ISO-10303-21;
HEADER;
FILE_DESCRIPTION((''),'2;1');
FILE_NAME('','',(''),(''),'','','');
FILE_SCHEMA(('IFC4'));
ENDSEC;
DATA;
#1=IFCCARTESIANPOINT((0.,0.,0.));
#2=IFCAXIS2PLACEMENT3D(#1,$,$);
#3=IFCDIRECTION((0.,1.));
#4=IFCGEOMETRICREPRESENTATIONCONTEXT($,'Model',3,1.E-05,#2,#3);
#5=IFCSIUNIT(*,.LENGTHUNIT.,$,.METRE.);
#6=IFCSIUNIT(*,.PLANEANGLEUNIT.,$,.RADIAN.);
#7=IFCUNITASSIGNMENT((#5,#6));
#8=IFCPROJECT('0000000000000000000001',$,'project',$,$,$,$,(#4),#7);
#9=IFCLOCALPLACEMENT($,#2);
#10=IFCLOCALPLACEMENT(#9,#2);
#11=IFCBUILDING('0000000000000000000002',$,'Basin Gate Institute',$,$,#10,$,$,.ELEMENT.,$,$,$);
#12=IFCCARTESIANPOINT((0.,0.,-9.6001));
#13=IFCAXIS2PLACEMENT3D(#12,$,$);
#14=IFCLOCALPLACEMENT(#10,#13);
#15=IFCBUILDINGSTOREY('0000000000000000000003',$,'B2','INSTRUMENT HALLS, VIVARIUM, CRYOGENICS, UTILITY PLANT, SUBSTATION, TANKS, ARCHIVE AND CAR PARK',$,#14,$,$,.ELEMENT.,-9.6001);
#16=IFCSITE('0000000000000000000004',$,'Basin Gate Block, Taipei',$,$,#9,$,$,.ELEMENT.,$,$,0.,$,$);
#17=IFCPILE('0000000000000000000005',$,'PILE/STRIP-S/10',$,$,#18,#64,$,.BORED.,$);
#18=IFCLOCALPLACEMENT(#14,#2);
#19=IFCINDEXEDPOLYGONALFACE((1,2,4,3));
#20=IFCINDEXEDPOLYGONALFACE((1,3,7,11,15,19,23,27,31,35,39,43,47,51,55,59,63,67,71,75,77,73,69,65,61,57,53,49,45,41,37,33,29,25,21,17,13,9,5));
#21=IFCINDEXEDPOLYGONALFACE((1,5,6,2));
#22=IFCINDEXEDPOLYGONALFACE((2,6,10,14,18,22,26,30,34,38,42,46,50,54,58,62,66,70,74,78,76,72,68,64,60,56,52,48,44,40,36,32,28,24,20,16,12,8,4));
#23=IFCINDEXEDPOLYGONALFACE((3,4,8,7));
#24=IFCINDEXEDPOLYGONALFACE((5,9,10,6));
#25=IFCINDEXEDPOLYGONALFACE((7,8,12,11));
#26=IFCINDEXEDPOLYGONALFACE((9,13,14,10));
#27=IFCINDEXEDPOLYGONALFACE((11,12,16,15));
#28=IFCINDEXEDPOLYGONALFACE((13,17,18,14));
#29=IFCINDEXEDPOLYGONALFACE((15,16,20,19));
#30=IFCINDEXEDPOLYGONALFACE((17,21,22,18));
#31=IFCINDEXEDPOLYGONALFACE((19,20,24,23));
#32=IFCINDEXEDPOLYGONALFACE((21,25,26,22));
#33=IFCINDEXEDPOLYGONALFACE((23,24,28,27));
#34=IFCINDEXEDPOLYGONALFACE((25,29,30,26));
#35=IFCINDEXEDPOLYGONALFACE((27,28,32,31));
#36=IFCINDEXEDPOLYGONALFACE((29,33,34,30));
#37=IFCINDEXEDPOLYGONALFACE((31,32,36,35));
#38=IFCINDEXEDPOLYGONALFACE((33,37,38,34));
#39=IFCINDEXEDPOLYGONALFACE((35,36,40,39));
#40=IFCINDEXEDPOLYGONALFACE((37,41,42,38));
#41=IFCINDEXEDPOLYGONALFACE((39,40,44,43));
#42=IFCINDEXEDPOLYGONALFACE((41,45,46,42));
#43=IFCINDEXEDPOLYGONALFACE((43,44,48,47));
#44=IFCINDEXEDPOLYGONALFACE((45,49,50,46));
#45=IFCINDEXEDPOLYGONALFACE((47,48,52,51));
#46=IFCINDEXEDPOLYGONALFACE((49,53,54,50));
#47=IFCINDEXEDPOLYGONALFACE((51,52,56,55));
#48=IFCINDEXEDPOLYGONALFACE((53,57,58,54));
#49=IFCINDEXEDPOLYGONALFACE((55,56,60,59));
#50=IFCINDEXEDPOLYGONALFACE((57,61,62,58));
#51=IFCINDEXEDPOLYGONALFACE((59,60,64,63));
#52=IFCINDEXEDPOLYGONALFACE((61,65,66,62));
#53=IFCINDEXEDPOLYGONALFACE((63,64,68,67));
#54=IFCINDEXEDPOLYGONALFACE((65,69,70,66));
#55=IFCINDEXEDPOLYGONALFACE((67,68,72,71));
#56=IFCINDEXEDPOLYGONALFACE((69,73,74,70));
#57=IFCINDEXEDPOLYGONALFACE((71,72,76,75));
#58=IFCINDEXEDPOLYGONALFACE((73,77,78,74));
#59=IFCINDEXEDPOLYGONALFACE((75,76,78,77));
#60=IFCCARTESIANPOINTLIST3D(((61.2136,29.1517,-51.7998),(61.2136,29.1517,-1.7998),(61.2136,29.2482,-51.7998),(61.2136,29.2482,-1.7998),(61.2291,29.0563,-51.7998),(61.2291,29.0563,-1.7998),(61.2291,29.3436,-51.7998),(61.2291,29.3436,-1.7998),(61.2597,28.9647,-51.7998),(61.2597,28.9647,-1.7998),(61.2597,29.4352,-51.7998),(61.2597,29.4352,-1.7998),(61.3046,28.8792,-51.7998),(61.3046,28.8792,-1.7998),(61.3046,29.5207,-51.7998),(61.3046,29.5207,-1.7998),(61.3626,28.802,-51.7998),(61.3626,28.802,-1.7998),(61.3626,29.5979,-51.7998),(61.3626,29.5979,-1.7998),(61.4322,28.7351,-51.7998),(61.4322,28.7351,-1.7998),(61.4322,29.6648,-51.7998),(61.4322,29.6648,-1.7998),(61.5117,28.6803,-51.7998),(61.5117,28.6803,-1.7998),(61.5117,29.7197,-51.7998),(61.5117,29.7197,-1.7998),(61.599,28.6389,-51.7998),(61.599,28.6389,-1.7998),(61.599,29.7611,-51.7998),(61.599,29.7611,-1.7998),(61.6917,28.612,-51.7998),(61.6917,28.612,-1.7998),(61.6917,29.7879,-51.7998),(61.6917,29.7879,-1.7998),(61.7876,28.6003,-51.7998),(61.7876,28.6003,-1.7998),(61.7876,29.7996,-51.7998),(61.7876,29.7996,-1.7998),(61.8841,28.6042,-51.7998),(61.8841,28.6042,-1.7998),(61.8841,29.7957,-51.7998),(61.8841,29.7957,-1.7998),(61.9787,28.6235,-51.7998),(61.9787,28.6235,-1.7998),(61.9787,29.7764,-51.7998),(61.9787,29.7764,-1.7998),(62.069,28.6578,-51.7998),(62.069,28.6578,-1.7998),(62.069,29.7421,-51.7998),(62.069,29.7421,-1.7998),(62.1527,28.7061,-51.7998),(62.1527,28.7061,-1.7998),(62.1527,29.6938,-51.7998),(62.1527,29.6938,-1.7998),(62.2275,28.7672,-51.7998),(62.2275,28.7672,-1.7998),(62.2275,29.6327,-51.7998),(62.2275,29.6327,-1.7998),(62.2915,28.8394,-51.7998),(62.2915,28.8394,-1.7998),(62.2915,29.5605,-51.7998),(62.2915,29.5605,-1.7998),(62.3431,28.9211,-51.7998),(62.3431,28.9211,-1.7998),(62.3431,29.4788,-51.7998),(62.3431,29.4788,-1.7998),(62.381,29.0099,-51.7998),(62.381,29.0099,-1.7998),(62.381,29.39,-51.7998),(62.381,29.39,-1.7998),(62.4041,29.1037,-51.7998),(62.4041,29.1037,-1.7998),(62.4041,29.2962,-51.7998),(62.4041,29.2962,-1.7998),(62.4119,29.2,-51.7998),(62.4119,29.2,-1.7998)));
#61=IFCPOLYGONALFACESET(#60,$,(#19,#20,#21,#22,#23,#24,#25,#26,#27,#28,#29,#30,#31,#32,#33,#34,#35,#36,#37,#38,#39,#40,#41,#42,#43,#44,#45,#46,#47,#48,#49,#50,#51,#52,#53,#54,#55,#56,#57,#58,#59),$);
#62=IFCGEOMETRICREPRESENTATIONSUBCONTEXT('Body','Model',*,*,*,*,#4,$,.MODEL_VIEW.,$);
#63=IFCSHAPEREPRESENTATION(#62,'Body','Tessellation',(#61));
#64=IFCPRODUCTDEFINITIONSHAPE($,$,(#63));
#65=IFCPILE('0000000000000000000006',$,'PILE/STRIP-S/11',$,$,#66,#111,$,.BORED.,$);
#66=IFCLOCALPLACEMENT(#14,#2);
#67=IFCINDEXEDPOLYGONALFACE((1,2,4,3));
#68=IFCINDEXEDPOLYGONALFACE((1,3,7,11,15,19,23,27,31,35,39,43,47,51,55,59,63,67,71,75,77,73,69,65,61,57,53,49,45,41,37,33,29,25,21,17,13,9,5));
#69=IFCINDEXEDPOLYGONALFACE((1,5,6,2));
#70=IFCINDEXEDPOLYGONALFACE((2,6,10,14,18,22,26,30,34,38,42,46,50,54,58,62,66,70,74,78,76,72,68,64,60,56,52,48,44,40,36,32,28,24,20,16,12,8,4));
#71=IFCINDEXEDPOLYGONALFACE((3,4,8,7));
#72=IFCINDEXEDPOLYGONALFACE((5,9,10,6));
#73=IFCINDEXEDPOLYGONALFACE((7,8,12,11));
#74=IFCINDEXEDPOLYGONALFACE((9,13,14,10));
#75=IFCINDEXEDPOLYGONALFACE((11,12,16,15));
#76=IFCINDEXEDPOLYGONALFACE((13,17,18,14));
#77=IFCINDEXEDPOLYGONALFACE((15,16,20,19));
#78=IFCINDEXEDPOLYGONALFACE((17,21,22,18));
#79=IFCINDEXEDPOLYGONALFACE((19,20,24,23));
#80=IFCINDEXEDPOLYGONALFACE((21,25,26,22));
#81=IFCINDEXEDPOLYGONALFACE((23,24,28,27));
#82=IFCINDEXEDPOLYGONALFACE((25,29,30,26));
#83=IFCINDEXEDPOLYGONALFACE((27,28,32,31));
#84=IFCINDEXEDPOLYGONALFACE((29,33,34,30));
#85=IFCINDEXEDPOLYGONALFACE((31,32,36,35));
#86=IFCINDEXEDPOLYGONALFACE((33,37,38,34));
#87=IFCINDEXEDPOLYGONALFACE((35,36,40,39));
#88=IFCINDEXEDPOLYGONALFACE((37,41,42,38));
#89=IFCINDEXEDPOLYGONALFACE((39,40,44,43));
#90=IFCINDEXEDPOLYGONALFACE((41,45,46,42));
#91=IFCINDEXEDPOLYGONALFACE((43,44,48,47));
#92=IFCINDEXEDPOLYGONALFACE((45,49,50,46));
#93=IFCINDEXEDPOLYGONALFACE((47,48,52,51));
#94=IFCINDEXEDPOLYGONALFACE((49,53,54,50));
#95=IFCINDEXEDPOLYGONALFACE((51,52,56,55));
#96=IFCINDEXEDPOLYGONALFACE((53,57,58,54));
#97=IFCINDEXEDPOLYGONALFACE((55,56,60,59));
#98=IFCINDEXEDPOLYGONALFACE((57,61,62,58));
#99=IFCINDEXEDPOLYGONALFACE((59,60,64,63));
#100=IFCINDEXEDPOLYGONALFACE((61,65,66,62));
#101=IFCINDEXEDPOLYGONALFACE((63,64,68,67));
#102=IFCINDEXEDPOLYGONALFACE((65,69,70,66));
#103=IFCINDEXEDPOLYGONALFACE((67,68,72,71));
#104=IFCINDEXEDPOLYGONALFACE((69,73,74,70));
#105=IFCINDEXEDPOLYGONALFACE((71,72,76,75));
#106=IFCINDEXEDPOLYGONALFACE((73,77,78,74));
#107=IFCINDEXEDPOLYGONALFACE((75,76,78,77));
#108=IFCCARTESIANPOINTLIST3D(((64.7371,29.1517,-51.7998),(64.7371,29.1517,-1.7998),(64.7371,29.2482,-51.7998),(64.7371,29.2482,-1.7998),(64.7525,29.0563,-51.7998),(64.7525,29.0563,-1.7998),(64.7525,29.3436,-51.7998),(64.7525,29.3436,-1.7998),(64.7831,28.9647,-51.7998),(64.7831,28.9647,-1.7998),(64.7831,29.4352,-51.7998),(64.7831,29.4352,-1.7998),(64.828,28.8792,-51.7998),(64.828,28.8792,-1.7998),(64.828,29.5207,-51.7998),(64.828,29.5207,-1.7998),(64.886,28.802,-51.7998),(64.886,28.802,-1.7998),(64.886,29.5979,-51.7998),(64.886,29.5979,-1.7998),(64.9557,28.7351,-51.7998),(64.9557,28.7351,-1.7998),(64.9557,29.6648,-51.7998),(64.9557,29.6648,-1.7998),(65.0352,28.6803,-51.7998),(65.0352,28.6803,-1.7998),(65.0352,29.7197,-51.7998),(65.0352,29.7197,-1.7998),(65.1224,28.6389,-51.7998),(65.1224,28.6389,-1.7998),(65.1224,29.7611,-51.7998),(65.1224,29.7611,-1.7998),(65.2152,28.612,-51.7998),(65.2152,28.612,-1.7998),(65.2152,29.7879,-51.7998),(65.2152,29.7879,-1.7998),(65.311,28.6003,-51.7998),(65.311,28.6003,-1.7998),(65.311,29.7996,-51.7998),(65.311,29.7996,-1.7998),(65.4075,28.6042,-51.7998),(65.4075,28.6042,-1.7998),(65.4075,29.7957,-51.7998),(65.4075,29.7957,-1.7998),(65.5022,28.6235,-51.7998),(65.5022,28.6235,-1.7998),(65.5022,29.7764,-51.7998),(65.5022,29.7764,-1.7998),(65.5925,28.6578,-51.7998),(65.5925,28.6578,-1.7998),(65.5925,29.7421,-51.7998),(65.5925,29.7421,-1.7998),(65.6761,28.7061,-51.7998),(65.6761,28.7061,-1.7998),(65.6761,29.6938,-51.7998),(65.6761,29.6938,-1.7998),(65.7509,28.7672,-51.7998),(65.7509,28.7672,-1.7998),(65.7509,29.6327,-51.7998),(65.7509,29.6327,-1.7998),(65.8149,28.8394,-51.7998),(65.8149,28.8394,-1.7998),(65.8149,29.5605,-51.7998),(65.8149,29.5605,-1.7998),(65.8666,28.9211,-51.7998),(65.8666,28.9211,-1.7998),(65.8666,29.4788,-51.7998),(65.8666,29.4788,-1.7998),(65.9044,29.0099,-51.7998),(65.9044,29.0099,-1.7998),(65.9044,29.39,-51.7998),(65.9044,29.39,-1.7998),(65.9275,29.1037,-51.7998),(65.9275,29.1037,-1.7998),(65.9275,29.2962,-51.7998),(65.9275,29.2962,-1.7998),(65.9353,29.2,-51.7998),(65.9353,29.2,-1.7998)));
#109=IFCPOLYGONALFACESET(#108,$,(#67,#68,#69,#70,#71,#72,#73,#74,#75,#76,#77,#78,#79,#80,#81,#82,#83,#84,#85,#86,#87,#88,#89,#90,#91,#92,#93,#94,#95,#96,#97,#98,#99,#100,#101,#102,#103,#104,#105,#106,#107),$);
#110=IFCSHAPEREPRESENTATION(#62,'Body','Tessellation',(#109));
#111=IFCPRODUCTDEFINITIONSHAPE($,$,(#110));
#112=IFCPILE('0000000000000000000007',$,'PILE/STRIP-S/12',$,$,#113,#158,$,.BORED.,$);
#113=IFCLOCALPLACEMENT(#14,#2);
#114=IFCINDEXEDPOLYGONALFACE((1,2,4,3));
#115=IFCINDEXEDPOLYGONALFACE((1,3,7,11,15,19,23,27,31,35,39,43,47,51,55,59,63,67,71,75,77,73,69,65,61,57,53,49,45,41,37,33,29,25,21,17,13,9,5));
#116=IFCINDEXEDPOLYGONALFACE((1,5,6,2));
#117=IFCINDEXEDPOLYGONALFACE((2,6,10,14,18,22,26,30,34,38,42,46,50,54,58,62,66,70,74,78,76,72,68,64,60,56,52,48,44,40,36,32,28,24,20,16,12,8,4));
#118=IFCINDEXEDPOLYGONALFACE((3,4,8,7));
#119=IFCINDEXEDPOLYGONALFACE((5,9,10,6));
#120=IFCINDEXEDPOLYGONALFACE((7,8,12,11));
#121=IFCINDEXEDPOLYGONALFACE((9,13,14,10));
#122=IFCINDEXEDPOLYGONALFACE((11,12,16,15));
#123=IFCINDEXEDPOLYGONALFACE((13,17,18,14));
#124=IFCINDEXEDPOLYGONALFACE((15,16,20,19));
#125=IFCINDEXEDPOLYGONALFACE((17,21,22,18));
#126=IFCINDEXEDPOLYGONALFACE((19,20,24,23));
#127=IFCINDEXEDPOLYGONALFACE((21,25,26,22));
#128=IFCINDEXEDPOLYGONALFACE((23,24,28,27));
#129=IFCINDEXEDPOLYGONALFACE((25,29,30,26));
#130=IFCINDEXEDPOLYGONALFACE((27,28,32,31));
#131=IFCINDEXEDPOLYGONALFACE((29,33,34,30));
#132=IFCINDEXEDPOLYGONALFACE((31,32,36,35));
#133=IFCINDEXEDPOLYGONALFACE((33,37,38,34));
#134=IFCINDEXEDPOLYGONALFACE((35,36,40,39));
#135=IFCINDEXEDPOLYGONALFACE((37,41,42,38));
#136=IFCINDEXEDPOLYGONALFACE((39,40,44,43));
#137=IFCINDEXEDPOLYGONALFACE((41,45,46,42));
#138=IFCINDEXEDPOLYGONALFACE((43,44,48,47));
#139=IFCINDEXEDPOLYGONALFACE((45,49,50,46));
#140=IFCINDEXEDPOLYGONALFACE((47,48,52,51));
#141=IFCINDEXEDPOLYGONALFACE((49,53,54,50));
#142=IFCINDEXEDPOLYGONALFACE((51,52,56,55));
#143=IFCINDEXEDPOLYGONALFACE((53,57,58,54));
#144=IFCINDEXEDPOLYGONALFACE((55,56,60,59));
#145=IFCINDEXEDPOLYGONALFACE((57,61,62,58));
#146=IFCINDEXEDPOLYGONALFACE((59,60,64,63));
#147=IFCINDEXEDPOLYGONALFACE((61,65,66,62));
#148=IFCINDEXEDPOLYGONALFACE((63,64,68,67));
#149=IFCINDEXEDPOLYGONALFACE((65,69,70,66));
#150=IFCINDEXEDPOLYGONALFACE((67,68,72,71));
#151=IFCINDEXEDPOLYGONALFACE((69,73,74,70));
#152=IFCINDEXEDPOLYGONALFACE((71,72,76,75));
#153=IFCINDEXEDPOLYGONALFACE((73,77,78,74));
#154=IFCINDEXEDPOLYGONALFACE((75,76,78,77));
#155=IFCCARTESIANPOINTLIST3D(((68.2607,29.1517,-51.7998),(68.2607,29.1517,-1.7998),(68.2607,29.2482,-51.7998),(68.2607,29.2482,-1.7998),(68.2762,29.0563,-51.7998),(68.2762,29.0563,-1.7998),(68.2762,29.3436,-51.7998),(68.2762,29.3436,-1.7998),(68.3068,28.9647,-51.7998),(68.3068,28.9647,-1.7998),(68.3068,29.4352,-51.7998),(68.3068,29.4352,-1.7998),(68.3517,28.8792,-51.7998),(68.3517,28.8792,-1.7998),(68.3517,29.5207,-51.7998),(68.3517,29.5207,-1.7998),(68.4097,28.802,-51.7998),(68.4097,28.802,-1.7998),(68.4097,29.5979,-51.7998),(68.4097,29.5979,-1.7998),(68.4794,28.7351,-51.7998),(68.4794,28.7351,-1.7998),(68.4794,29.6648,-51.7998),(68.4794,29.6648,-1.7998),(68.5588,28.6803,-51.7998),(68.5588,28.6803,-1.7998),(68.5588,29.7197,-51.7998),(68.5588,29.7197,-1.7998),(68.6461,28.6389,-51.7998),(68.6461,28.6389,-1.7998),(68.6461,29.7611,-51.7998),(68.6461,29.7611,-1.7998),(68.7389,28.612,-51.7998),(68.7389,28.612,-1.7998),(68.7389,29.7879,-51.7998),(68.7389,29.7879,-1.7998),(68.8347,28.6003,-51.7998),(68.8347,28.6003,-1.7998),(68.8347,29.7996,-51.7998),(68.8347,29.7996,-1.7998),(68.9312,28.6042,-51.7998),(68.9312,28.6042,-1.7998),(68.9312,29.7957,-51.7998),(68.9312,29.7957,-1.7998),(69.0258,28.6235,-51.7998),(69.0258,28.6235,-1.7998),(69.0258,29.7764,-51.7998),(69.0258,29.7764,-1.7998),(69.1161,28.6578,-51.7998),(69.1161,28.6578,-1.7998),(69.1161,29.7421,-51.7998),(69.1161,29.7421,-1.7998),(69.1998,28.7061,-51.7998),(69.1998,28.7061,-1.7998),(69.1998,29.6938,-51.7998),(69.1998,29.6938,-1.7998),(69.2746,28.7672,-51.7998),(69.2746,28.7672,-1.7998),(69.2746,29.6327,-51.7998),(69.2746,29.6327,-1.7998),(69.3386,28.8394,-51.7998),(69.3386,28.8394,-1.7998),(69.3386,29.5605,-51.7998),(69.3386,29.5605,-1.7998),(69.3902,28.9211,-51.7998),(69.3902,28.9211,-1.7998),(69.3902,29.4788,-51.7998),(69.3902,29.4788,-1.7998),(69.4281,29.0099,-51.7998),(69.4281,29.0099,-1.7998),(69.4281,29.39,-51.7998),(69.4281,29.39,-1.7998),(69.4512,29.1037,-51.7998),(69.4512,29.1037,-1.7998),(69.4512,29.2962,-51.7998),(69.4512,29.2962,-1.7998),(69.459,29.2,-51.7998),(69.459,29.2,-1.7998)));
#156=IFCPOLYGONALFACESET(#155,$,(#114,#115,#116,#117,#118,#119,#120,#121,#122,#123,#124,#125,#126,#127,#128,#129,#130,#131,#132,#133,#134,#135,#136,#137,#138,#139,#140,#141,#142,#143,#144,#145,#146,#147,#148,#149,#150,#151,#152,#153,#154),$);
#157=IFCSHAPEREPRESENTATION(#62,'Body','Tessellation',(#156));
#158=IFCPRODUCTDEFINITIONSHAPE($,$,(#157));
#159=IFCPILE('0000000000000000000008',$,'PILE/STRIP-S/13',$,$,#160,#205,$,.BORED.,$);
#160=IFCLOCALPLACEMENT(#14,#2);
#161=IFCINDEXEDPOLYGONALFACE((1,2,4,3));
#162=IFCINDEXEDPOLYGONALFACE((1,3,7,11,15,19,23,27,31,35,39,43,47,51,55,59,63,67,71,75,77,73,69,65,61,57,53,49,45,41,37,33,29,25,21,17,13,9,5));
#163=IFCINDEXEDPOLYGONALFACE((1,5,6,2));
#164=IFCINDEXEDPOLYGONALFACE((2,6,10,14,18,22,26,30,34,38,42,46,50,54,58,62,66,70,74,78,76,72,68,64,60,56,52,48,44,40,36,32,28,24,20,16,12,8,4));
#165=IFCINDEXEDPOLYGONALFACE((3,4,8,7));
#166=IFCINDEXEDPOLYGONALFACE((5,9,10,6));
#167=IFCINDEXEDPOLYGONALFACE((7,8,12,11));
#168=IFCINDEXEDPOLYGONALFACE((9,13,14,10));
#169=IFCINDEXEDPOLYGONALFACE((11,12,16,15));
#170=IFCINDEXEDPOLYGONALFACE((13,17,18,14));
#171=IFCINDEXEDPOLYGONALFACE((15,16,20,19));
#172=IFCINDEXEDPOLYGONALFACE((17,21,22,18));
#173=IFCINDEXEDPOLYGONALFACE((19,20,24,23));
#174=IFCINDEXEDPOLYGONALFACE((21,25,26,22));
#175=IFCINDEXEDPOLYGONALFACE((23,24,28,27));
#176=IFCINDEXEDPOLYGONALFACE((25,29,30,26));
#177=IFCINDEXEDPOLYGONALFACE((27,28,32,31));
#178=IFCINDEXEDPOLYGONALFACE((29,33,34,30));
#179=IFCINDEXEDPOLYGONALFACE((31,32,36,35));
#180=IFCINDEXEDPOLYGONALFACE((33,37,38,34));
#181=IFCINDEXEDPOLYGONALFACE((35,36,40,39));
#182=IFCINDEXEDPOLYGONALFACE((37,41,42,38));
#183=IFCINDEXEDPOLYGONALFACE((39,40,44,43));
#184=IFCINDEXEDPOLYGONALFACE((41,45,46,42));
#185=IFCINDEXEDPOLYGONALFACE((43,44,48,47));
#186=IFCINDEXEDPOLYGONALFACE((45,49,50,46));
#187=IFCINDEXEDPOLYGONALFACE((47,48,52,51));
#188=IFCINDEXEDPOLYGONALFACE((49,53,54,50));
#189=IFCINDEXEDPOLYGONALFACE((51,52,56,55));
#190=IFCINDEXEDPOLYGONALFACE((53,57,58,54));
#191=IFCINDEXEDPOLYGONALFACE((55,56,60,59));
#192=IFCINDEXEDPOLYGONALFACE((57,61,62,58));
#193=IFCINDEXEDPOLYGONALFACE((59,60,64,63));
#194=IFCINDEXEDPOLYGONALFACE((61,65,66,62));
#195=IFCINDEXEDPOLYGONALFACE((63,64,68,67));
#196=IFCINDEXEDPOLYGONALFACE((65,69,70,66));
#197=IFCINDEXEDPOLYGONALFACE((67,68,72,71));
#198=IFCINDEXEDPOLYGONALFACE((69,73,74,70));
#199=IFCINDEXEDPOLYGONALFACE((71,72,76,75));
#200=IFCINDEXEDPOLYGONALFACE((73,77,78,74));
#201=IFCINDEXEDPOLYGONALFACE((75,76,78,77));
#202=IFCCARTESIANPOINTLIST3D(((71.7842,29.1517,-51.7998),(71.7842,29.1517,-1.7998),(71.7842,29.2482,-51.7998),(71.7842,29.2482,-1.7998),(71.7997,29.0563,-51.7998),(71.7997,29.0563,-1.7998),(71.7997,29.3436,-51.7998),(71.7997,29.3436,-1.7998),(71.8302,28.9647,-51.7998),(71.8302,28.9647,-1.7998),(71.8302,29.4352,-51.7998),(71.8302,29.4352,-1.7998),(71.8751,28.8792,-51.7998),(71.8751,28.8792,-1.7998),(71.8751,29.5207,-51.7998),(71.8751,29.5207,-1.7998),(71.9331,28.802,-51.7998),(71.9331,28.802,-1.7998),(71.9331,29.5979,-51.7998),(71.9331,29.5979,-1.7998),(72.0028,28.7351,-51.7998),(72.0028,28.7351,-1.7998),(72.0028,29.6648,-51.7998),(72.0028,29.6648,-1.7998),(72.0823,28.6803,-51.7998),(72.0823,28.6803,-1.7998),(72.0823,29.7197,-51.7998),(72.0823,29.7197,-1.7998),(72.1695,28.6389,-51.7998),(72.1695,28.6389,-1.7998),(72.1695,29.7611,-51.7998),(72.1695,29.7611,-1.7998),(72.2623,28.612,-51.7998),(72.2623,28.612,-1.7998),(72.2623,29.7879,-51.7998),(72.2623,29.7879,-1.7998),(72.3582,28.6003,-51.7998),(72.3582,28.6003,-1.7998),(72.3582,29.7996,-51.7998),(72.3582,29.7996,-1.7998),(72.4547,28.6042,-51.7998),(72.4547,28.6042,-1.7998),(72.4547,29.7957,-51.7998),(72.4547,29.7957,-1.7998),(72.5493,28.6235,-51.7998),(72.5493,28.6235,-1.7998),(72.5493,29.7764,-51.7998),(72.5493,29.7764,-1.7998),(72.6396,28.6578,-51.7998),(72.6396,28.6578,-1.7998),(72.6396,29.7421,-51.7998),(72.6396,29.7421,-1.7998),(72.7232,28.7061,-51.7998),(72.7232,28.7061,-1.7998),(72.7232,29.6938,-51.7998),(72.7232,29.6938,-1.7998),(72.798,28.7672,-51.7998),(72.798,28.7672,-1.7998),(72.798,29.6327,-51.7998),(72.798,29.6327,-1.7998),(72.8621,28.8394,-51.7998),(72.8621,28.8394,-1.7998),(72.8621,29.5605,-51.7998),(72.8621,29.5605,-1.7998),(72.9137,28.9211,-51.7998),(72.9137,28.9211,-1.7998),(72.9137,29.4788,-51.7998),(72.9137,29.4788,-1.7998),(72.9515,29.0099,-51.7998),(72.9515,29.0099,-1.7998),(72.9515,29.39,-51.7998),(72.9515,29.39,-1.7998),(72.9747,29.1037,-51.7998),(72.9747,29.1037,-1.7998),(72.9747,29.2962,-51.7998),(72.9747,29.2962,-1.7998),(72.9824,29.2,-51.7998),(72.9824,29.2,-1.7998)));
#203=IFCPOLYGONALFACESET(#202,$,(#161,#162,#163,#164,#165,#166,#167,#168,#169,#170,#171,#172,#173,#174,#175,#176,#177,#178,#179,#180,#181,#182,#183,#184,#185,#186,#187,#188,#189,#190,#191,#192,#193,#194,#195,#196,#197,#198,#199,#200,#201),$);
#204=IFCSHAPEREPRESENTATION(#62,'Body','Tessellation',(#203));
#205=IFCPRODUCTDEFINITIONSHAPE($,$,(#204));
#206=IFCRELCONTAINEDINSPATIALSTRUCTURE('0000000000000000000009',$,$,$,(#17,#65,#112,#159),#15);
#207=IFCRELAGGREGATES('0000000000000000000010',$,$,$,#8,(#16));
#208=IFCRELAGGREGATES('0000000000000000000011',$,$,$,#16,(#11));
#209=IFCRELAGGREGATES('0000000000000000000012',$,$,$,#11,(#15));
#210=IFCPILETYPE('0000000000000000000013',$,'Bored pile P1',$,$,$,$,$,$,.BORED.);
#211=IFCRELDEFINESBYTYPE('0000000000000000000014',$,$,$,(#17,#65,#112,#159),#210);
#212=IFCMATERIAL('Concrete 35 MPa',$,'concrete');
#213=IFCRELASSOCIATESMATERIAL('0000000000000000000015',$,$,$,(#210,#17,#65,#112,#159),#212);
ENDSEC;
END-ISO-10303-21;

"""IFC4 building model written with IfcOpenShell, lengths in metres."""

from ifc_helpers import new_model, si_unit, direction, frame, origin, origin_2d, place, context, subcontext, project, spatial, circle, extrude, material, material_profile, profile_set, type_object, element, save


model = new_model("IFC4")

# Units and contexts
model_context = context("Model", 3, precision=1e-05, world=origin(), true_north=direction((0.0, 1.0)))
body_context = subcontext(model_context, "Body", "Model", "MODEL_VIEW")
ifc_project = project(units=[si_unit("LENGTHUNIT", "METRE"), si_unit("PLANEANGLEUNIT", "RADIAN")], contexts=[model_context])

# Site, building, storey
site_placement = place(None, origin())
site = spatial("IfcSite", under=ifc_project, at=site_placement, Name="Basin Gate Block, Taipei", CompositionType="ELEMENT", RefElevation=0.0)
building_placement = place(site_placement, origin())
building = spatial("IfcBuilding", under=site, at=building_placement, Name="Basin Gate Institute", CompositionType="ELEMENT")
storey_placement = place(building_placement, frame((0.0, 0.0, -9.6001)))
storey = spatial("IfcBuildingStorey", under=building, at=storey_placement, Name="B2", Description="INSTRUMENT HALLS, VIVARIUM, CRYOGENICS, UTILITY PLANT, SUBSTATION, TANKS, ARCHIVE AND CAR PARK", CompositionType="ELEMENT", Elevation=-9.6001)

# Piles
ifc_material_1 = material(Name="Concrete 35 MPa", Category="concrete")
ifc_material_profile_1 = material_profile(ifc_material_1, circle(Radius=0.6001, at=origin_2d()), Name="Bored pile P1 1200 dia")
ifc_profile_set_1 = profile_set([ifc_material_profile_1], Name="Concrete 35 MPa")
pile_type = type_object("IfcPileType", Name="Bored pile P1", PredefinedType="BORED", material=ifc_profile_set_1)
for number, where, z_axis, x_axis, name in (
    (1, (61.8118, 29.2, -1.7998), (0.0, 0.0, -1.0), (1.0, 0.0, 0.0), "PILE/STRIP-S/10"),
    (2, (65.3352, 29.2, -1.7998), (0.0, 0.0, -1.0), (1.0, 0.0, 0.0), "PILE/STRIP-S/11"),
    (3, (68.8589, 29.2, -1.7998), (0.0, 0.0, -1.0), (1.0, 0.0, 0.0), "PILE/STRIP-S/12"),
    (4, (72.3823, 29.2, -1.7998), (0.0, 0.0, -1.0), (1.0, 0.0, 0.0), "PILE/STRIP-S/13"),
):
    element("IfcPile", number, at=place(storey_placement, frame(where, z_axis=z_axis, x_axis=x_axis)), inside=storey, type_object=pile_type, material=ifc_profile_set_1, Name=name, PredefinedType="BORED", context=body_context, shape_type="SweptSolid", body=[
        extrude(circle(Radius=0.6001, at=origin_2d()), origin(), (0.0, 0.0, 1.0), 50.0),
    ])

save(model, "model.ifc")
